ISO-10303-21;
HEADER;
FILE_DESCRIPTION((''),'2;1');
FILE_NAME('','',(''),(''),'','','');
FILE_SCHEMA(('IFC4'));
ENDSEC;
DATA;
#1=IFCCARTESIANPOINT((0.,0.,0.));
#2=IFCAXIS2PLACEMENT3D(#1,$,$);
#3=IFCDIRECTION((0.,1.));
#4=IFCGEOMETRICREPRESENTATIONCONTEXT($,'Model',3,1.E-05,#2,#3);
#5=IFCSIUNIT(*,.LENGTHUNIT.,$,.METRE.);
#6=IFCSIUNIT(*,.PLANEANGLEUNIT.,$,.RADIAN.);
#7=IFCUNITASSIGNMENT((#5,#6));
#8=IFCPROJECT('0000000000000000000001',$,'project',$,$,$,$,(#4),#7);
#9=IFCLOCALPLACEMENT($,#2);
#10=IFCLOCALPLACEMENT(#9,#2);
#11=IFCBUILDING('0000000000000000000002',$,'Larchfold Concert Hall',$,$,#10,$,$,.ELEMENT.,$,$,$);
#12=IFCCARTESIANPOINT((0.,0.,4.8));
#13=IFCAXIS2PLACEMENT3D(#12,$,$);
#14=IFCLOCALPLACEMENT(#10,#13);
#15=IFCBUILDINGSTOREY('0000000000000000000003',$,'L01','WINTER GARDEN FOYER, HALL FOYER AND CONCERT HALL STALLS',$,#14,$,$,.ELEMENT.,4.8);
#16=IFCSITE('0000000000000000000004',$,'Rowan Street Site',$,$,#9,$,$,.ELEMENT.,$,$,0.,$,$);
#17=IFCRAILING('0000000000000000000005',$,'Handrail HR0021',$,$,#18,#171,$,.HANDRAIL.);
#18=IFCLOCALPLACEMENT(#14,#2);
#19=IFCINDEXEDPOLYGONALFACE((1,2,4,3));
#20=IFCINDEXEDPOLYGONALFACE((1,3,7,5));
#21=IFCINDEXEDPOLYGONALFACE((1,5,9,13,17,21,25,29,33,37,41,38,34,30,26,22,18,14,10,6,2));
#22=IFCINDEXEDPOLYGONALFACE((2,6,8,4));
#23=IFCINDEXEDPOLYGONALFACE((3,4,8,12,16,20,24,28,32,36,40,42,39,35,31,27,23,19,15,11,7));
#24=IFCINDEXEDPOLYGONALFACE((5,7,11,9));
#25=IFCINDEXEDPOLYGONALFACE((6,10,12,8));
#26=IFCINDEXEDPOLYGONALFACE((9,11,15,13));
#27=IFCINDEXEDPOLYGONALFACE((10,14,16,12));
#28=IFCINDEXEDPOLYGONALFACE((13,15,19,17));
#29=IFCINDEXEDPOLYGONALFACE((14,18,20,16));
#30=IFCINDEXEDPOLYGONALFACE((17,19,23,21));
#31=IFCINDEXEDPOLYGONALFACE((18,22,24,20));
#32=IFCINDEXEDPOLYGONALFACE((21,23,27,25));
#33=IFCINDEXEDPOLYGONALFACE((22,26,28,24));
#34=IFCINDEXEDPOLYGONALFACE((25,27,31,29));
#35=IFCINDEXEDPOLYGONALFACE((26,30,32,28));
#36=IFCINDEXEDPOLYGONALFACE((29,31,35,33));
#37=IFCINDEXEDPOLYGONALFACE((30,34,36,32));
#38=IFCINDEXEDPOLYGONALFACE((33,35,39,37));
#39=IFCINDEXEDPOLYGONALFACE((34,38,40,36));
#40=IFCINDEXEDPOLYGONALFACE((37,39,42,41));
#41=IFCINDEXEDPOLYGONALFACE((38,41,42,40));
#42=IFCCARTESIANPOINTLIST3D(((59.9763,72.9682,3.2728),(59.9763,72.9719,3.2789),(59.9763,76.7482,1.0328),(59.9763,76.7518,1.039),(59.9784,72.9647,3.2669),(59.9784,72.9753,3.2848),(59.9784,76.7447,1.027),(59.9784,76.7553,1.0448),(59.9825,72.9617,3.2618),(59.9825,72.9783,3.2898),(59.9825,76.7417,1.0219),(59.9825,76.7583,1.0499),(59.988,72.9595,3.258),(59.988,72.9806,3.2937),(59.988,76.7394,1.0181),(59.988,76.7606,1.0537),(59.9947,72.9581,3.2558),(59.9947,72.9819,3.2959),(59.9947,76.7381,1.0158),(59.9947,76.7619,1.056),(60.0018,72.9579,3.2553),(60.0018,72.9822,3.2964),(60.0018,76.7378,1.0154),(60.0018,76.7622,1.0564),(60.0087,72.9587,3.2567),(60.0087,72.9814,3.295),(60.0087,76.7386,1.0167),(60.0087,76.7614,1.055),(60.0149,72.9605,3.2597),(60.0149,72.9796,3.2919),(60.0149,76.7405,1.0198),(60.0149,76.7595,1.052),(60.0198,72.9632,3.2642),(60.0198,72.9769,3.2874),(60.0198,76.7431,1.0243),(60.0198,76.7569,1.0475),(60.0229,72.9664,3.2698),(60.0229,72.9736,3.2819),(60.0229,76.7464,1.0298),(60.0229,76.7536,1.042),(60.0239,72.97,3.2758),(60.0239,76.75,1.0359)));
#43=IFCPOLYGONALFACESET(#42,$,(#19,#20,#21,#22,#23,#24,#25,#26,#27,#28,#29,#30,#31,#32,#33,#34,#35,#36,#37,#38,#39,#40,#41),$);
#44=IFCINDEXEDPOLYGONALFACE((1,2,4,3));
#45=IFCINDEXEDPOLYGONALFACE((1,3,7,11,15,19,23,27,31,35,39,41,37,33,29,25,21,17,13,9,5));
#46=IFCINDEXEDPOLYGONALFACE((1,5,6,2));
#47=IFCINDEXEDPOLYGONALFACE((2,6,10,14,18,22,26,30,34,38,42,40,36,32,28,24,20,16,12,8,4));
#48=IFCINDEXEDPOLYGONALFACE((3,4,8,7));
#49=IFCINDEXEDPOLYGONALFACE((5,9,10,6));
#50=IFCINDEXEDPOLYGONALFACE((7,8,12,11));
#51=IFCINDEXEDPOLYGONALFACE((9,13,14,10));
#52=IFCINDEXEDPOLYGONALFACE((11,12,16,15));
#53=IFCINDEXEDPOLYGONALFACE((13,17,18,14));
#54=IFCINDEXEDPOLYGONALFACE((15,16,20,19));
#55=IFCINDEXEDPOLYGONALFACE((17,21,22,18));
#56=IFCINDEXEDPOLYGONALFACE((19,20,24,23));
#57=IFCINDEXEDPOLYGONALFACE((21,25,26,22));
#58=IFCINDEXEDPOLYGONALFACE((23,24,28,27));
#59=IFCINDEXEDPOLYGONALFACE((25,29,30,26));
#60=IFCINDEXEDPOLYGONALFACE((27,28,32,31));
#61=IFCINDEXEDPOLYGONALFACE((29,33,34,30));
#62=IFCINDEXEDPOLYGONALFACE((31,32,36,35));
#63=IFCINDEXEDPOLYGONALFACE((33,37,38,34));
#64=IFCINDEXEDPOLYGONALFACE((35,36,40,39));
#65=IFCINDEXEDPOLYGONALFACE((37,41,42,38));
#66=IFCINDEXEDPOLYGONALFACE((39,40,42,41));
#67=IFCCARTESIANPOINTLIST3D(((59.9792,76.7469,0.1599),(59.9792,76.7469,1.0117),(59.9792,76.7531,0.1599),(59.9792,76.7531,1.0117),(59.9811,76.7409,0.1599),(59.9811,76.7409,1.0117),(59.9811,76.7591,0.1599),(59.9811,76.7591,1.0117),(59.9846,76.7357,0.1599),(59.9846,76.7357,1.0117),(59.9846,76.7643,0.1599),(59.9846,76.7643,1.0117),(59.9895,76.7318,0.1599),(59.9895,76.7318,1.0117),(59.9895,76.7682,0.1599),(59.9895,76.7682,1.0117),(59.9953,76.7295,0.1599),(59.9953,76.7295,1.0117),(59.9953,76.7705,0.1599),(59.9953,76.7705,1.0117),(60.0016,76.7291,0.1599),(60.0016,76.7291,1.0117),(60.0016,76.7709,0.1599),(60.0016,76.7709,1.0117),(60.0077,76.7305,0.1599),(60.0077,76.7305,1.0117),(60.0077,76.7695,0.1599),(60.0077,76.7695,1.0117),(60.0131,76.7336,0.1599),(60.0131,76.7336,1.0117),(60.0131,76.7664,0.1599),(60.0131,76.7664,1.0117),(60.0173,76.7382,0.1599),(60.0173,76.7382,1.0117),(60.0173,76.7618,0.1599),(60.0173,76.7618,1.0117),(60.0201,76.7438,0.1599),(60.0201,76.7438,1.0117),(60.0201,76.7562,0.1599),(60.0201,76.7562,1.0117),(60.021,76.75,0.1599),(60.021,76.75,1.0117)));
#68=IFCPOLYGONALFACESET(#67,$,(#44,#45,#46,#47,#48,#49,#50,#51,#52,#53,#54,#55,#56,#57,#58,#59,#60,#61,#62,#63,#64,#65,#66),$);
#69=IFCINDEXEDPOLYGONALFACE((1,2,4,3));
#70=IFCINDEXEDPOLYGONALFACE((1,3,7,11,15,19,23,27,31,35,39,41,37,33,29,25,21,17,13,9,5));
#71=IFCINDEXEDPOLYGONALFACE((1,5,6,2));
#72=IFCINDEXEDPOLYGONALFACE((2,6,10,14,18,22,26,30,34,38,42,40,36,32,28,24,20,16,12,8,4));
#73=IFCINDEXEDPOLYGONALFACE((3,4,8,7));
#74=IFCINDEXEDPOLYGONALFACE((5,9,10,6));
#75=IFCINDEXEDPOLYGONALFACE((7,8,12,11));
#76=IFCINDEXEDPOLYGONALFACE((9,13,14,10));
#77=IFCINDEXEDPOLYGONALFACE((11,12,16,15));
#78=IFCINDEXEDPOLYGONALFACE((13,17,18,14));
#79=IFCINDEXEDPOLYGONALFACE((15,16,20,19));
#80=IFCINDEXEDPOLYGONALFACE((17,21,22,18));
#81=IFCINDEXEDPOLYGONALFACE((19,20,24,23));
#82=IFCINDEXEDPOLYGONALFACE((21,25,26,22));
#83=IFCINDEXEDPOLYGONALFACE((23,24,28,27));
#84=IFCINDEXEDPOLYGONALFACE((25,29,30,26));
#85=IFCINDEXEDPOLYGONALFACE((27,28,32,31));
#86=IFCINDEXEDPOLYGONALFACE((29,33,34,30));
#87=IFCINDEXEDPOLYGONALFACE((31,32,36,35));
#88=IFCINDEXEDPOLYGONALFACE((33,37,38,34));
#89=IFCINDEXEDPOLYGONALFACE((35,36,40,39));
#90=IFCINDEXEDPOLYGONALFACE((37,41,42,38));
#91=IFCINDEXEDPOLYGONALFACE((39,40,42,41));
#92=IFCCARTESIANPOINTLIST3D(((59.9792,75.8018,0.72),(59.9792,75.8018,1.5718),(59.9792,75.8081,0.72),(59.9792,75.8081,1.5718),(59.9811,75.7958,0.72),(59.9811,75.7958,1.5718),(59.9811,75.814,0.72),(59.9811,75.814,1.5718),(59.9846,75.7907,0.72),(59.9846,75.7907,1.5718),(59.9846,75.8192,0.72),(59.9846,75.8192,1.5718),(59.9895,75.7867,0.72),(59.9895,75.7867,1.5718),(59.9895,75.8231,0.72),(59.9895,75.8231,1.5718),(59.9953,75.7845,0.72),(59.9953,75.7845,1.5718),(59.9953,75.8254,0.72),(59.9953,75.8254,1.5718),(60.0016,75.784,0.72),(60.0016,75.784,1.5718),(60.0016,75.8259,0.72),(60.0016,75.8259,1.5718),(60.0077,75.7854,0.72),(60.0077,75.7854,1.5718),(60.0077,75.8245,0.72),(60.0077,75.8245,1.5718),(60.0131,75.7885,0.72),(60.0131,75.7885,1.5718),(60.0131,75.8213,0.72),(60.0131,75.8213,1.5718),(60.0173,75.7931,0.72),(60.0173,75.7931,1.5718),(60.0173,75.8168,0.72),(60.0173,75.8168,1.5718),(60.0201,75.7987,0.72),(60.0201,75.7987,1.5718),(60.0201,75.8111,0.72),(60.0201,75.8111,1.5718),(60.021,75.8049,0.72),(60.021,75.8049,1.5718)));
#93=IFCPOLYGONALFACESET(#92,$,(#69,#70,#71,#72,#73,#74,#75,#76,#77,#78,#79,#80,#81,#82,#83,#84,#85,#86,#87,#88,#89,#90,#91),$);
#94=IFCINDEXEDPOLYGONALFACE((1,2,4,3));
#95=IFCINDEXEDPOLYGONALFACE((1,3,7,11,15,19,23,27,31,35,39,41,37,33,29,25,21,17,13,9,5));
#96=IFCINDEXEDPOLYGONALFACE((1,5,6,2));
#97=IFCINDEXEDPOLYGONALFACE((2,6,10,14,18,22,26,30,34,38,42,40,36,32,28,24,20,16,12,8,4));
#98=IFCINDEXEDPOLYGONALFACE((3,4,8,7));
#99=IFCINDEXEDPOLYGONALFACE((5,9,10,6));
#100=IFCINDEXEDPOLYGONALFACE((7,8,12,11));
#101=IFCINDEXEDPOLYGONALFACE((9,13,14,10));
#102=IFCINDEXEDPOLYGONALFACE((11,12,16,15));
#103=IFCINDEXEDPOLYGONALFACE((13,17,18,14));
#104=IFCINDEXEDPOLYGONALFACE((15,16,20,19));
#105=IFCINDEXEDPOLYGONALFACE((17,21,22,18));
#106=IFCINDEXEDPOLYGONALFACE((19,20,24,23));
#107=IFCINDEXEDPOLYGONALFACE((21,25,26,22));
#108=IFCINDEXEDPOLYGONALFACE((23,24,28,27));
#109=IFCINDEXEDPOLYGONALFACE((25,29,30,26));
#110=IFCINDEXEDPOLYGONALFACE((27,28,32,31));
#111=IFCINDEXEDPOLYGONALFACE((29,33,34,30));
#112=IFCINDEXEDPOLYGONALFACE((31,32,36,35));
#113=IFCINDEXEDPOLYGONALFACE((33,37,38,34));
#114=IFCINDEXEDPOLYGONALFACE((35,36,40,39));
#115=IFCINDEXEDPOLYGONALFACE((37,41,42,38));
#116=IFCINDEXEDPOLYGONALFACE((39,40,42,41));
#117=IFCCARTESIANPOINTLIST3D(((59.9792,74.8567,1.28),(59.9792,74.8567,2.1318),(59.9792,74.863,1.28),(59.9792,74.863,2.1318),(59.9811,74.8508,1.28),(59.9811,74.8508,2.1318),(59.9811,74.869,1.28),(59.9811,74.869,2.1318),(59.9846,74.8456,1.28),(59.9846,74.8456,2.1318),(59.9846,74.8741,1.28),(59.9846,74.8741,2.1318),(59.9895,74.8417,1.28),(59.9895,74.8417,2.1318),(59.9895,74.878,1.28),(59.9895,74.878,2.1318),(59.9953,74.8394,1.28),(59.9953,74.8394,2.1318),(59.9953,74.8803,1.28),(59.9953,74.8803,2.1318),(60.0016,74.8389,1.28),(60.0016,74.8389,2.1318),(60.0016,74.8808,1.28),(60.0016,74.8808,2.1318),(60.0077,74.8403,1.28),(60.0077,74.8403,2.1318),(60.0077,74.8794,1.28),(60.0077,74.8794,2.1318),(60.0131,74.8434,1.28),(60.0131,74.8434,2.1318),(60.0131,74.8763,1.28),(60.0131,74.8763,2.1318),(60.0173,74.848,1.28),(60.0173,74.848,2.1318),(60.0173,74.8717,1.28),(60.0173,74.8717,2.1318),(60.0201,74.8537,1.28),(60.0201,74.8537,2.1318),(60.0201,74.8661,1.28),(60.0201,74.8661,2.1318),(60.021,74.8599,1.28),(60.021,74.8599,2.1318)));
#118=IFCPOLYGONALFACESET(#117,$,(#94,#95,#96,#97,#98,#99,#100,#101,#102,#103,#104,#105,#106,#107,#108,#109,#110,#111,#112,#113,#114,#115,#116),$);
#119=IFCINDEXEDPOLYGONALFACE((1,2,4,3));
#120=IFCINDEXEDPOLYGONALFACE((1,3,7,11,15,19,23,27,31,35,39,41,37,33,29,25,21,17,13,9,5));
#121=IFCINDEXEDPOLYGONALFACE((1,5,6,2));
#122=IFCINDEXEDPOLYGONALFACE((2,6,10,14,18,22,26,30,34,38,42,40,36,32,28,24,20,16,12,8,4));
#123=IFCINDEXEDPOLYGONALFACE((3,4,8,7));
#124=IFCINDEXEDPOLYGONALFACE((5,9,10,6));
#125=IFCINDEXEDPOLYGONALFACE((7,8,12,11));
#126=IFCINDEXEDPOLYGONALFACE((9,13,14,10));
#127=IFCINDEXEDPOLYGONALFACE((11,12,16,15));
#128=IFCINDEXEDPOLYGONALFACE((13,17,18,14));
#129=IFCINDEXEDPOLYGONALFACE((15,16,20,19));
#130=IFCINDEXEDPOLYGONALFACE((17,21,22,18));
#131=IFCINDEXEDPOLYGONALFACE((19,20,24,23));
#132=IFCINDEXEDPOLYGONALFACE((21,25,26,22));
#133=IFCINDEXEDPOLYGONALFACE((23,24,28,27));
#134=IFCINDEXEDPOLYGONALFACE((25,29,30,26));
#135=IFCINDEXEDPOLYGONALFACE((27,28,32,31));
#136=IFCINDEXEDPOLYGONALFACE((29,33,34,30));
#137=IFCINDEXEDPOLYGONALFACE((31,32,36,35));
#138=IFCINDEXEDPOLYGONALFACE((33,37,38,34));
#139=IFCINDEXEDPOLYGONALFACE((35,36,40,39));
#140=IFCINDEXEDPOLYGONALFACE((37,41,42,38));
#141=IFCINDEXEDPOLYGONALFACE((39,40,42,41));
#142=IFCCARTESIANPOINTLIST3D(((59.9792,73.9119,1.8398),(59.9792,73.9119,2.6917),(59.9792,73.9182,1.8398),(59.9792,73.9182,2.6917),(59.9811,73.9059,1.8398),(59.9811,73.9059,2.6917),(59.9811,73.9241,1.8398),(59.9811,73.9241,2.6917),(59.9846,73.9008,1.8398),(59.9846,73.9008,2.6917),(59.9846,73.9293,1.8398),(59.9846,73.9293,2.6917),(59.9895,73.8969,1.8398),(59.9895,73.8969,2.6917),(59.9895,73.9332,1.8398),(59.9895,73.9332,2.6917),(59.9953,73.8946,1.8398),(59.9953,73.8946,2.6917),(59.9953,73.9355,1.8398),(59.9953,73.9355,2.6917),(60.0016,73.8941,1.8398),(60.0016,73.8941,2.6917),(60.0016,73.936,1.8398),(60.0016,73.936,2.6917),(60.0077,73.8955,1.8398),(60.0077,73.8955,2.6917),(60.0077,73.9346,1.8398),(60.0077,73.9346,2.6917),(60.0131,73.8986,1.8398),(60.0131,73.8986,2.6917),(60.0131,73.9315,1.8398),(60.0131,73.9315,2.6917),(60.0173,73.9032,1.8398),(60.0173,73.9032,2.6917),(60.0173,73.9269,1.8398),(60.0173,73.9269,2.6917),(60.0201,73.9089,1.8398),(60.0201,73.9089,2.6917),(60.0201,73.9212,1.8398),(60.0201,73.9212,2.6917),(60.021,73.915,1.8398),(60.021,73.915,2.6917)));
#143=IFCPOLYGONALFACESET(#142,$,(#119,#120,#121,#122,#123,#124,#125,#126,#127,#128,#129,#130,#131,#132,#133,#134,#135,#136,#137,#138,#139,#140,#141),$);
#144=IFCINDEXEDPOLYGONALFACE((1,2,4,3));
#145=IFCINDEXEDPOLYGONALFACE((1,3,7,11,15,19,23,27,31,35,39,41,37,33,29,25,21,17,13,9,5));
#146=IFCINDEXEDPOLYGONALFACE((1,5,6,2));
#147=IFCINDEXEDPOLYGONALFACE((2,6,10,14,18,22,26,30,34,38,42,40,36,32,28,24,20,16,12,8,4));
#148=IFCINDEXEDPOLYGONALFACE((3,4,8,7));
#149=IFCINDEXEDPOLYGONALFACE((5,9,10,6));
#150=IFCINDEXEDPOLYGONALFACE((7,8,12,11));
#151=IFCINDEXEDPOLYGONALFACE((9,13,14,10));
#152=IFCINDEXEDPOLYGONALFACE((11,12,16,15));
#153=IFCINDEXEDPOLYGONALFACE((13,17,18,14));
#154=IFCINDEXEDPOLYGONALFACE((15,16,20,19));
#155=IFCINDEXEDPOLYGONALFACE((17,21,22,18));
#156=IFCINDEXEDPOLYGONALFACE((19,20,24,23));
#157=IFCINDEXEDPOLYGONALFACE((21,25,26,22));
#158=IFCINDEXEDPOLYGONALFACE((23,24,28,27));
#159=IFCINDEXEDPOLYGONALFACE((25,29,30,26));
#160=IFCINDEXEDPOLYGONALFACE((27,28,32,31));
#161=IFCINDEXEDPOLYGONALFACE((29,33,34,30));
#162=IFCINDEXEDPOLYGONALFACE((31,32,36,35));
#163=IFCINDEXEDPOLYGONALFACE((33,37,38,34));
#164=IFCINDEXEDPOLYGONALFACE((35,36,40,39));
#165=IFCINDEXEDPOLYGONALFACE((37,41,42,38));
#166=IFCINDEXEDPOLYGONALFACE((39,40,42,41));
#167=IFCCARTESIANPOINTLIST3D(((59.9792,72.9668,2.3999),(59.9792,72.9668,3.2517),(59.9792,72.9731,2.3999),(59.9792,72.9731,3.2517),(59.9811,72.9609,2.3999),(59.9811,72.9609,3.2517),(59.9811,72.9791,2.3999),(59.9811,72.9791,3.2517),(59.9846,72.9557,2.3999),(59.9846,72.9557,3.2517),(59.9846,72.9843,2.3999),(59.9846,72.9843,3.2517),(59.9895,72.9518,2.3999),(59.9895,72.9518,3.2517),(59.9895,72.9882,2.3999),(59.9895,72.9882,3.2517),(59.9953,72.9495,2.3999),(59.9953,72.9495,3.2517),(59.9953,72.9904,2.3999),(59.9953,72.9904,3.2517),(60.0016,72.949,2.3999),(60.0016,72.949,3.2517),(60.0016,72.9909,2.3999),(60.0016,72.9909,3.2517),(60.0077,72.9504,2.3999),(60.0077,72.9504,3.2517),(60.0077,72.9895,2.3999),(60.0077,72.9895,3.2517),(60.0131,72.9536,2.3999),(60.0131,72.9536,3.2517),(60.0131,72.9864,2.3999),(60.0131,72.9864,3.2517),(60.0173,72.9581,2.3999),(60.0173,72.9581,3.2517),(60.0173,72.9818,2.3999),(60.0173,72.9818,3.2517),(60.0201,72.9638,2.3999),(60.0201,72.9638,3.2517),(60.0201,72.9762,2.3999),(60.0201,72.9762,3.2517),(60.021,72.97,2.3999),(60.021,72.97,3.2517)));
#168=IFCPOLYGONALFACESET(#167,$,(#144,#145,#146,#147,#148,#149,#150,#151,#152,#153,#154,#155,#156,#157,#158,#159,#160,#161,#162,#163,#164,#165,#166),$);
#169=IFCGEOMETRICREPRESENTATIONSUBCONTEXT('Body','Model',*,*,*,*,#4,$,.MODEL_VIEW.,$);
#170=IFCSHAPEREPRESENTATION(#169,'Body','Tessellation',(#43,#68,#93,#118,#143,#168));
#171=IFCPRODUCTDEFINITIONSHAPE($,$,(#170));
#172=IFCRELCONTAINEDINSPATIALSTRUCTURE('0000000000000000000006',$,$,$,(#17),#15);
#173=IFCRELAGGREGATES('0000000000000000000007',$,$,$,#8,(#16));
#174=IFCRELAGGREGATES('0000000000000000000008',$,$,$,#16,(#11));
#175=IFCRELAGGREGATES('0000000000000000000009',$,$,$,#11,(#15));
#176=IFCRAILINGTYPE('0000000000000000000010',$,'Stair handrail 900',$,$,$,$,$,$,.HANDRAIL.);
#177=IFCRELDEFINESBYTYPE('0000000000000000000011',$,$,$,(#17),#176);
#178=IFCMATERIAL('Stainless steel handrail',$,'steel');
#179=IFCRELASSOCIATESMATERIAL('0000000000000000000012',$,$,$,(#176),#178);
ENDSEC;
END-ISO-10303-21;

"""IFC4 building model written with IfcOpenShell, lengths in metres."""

from ifc_helpers import new_model, si_unit, direction, frame, origin, origin_2d, place, context, subcontext, project, spatial, circle, extrude, material, type_object, element, save


model = new_model("IFC4")

# Units and contexts
model_context = context("Model", 3, precision=1e-05, world=origin(), true_north=direction((0.0, 1.0)))
body_context = subcontext(model_context, "Body", "Model", "MODEL_VIEW")
ifc_project = project(units=[si_unit("LENGTHUNIT", "METRE"), si_unit("PLANEANGLEUNIT", "RADIAN")], contexts=[model_context])

# Site, building, storey
site_placement = place(None, origin())
site = spatial("IfcSite", under=ifc_project, at=site_placement, Name="Rowan Street Site", CompositionType="ELEMENT", RefElevation=0.0)
building_placement = place(site_placement, origin())
building = spatial("IfcBuilding", under=site, at=building_placement, Name="Larchfold Concert Hall", CompositionType="ELEMENT")
storey_placement = place(building_placement, frame((0.0, 0.0, 4.8)))
storey = spatial("IfcBuildingStorey", under=building, at=storey_placement, Name="L01", Description="WINTER GARDEN FOYER, HALL FOYER AND CONCERT HALL STALLS", CompositionType="ELEMENT", Elevation=4.8)

# Railing
ifc_material_1 = material(Name="Stainless steel handrail", Category="steel")
railing_type_1 = type_object("IfcRailingType", Name="Stair handrail 900", PredefinedType="HANDRAIL", material=ifc_material_1)
for number, where, name in (
    (1, (60.0, 76.75, 0.1599), "Handrail HR0021"),
):
    element("IfcRailing", number, at=place(storey_placement, frame(where)), inside=storey, type_object=railing_type_1, Name=name, PredefinedType="HANDRAIL", context=body_context, shape_type="SweptSolid", body=[
        extrude(circle(Radius=0.0239, at=origin_2d()), frame((0.0, 0.0, 0.876), z_axis=(0.0, -0.860294, 0.509798), x_axis=(1.0, 0.0, 0.0)), (0.0, 0.0, 1.0), 4.3938),
        extrude(circle(Radius=0.021, at=origin_2d()), origin(), (0.0, 0.0, 1.0), 0.8518),
        extrude(circle(Radius=0.021, at=origin_2d()), frame((0.0, -0.9451, 0.5601)), (0.0, 0.0, 1.0), 0.8518),
        extrude(circle(Radius=0.021, at=origin_2d()), frame((0.0, -1.8901, 1.1201)), (0.0, 0.0, 1.0), 0.8518),
        extrude(circle(Radius=0.021, at=origin_2d()), frame((0.0, -2.835, 1.6799)), (0.0, 0.0, 1.0), 0.8518),
        extrude(circle(Radius=0.021, at=origin_2d()), frame((0.0, -3.78, 2.24)), (0.0, 0.0, 1.0), 0.8518),
    ])

save(model, "model.ifc")
